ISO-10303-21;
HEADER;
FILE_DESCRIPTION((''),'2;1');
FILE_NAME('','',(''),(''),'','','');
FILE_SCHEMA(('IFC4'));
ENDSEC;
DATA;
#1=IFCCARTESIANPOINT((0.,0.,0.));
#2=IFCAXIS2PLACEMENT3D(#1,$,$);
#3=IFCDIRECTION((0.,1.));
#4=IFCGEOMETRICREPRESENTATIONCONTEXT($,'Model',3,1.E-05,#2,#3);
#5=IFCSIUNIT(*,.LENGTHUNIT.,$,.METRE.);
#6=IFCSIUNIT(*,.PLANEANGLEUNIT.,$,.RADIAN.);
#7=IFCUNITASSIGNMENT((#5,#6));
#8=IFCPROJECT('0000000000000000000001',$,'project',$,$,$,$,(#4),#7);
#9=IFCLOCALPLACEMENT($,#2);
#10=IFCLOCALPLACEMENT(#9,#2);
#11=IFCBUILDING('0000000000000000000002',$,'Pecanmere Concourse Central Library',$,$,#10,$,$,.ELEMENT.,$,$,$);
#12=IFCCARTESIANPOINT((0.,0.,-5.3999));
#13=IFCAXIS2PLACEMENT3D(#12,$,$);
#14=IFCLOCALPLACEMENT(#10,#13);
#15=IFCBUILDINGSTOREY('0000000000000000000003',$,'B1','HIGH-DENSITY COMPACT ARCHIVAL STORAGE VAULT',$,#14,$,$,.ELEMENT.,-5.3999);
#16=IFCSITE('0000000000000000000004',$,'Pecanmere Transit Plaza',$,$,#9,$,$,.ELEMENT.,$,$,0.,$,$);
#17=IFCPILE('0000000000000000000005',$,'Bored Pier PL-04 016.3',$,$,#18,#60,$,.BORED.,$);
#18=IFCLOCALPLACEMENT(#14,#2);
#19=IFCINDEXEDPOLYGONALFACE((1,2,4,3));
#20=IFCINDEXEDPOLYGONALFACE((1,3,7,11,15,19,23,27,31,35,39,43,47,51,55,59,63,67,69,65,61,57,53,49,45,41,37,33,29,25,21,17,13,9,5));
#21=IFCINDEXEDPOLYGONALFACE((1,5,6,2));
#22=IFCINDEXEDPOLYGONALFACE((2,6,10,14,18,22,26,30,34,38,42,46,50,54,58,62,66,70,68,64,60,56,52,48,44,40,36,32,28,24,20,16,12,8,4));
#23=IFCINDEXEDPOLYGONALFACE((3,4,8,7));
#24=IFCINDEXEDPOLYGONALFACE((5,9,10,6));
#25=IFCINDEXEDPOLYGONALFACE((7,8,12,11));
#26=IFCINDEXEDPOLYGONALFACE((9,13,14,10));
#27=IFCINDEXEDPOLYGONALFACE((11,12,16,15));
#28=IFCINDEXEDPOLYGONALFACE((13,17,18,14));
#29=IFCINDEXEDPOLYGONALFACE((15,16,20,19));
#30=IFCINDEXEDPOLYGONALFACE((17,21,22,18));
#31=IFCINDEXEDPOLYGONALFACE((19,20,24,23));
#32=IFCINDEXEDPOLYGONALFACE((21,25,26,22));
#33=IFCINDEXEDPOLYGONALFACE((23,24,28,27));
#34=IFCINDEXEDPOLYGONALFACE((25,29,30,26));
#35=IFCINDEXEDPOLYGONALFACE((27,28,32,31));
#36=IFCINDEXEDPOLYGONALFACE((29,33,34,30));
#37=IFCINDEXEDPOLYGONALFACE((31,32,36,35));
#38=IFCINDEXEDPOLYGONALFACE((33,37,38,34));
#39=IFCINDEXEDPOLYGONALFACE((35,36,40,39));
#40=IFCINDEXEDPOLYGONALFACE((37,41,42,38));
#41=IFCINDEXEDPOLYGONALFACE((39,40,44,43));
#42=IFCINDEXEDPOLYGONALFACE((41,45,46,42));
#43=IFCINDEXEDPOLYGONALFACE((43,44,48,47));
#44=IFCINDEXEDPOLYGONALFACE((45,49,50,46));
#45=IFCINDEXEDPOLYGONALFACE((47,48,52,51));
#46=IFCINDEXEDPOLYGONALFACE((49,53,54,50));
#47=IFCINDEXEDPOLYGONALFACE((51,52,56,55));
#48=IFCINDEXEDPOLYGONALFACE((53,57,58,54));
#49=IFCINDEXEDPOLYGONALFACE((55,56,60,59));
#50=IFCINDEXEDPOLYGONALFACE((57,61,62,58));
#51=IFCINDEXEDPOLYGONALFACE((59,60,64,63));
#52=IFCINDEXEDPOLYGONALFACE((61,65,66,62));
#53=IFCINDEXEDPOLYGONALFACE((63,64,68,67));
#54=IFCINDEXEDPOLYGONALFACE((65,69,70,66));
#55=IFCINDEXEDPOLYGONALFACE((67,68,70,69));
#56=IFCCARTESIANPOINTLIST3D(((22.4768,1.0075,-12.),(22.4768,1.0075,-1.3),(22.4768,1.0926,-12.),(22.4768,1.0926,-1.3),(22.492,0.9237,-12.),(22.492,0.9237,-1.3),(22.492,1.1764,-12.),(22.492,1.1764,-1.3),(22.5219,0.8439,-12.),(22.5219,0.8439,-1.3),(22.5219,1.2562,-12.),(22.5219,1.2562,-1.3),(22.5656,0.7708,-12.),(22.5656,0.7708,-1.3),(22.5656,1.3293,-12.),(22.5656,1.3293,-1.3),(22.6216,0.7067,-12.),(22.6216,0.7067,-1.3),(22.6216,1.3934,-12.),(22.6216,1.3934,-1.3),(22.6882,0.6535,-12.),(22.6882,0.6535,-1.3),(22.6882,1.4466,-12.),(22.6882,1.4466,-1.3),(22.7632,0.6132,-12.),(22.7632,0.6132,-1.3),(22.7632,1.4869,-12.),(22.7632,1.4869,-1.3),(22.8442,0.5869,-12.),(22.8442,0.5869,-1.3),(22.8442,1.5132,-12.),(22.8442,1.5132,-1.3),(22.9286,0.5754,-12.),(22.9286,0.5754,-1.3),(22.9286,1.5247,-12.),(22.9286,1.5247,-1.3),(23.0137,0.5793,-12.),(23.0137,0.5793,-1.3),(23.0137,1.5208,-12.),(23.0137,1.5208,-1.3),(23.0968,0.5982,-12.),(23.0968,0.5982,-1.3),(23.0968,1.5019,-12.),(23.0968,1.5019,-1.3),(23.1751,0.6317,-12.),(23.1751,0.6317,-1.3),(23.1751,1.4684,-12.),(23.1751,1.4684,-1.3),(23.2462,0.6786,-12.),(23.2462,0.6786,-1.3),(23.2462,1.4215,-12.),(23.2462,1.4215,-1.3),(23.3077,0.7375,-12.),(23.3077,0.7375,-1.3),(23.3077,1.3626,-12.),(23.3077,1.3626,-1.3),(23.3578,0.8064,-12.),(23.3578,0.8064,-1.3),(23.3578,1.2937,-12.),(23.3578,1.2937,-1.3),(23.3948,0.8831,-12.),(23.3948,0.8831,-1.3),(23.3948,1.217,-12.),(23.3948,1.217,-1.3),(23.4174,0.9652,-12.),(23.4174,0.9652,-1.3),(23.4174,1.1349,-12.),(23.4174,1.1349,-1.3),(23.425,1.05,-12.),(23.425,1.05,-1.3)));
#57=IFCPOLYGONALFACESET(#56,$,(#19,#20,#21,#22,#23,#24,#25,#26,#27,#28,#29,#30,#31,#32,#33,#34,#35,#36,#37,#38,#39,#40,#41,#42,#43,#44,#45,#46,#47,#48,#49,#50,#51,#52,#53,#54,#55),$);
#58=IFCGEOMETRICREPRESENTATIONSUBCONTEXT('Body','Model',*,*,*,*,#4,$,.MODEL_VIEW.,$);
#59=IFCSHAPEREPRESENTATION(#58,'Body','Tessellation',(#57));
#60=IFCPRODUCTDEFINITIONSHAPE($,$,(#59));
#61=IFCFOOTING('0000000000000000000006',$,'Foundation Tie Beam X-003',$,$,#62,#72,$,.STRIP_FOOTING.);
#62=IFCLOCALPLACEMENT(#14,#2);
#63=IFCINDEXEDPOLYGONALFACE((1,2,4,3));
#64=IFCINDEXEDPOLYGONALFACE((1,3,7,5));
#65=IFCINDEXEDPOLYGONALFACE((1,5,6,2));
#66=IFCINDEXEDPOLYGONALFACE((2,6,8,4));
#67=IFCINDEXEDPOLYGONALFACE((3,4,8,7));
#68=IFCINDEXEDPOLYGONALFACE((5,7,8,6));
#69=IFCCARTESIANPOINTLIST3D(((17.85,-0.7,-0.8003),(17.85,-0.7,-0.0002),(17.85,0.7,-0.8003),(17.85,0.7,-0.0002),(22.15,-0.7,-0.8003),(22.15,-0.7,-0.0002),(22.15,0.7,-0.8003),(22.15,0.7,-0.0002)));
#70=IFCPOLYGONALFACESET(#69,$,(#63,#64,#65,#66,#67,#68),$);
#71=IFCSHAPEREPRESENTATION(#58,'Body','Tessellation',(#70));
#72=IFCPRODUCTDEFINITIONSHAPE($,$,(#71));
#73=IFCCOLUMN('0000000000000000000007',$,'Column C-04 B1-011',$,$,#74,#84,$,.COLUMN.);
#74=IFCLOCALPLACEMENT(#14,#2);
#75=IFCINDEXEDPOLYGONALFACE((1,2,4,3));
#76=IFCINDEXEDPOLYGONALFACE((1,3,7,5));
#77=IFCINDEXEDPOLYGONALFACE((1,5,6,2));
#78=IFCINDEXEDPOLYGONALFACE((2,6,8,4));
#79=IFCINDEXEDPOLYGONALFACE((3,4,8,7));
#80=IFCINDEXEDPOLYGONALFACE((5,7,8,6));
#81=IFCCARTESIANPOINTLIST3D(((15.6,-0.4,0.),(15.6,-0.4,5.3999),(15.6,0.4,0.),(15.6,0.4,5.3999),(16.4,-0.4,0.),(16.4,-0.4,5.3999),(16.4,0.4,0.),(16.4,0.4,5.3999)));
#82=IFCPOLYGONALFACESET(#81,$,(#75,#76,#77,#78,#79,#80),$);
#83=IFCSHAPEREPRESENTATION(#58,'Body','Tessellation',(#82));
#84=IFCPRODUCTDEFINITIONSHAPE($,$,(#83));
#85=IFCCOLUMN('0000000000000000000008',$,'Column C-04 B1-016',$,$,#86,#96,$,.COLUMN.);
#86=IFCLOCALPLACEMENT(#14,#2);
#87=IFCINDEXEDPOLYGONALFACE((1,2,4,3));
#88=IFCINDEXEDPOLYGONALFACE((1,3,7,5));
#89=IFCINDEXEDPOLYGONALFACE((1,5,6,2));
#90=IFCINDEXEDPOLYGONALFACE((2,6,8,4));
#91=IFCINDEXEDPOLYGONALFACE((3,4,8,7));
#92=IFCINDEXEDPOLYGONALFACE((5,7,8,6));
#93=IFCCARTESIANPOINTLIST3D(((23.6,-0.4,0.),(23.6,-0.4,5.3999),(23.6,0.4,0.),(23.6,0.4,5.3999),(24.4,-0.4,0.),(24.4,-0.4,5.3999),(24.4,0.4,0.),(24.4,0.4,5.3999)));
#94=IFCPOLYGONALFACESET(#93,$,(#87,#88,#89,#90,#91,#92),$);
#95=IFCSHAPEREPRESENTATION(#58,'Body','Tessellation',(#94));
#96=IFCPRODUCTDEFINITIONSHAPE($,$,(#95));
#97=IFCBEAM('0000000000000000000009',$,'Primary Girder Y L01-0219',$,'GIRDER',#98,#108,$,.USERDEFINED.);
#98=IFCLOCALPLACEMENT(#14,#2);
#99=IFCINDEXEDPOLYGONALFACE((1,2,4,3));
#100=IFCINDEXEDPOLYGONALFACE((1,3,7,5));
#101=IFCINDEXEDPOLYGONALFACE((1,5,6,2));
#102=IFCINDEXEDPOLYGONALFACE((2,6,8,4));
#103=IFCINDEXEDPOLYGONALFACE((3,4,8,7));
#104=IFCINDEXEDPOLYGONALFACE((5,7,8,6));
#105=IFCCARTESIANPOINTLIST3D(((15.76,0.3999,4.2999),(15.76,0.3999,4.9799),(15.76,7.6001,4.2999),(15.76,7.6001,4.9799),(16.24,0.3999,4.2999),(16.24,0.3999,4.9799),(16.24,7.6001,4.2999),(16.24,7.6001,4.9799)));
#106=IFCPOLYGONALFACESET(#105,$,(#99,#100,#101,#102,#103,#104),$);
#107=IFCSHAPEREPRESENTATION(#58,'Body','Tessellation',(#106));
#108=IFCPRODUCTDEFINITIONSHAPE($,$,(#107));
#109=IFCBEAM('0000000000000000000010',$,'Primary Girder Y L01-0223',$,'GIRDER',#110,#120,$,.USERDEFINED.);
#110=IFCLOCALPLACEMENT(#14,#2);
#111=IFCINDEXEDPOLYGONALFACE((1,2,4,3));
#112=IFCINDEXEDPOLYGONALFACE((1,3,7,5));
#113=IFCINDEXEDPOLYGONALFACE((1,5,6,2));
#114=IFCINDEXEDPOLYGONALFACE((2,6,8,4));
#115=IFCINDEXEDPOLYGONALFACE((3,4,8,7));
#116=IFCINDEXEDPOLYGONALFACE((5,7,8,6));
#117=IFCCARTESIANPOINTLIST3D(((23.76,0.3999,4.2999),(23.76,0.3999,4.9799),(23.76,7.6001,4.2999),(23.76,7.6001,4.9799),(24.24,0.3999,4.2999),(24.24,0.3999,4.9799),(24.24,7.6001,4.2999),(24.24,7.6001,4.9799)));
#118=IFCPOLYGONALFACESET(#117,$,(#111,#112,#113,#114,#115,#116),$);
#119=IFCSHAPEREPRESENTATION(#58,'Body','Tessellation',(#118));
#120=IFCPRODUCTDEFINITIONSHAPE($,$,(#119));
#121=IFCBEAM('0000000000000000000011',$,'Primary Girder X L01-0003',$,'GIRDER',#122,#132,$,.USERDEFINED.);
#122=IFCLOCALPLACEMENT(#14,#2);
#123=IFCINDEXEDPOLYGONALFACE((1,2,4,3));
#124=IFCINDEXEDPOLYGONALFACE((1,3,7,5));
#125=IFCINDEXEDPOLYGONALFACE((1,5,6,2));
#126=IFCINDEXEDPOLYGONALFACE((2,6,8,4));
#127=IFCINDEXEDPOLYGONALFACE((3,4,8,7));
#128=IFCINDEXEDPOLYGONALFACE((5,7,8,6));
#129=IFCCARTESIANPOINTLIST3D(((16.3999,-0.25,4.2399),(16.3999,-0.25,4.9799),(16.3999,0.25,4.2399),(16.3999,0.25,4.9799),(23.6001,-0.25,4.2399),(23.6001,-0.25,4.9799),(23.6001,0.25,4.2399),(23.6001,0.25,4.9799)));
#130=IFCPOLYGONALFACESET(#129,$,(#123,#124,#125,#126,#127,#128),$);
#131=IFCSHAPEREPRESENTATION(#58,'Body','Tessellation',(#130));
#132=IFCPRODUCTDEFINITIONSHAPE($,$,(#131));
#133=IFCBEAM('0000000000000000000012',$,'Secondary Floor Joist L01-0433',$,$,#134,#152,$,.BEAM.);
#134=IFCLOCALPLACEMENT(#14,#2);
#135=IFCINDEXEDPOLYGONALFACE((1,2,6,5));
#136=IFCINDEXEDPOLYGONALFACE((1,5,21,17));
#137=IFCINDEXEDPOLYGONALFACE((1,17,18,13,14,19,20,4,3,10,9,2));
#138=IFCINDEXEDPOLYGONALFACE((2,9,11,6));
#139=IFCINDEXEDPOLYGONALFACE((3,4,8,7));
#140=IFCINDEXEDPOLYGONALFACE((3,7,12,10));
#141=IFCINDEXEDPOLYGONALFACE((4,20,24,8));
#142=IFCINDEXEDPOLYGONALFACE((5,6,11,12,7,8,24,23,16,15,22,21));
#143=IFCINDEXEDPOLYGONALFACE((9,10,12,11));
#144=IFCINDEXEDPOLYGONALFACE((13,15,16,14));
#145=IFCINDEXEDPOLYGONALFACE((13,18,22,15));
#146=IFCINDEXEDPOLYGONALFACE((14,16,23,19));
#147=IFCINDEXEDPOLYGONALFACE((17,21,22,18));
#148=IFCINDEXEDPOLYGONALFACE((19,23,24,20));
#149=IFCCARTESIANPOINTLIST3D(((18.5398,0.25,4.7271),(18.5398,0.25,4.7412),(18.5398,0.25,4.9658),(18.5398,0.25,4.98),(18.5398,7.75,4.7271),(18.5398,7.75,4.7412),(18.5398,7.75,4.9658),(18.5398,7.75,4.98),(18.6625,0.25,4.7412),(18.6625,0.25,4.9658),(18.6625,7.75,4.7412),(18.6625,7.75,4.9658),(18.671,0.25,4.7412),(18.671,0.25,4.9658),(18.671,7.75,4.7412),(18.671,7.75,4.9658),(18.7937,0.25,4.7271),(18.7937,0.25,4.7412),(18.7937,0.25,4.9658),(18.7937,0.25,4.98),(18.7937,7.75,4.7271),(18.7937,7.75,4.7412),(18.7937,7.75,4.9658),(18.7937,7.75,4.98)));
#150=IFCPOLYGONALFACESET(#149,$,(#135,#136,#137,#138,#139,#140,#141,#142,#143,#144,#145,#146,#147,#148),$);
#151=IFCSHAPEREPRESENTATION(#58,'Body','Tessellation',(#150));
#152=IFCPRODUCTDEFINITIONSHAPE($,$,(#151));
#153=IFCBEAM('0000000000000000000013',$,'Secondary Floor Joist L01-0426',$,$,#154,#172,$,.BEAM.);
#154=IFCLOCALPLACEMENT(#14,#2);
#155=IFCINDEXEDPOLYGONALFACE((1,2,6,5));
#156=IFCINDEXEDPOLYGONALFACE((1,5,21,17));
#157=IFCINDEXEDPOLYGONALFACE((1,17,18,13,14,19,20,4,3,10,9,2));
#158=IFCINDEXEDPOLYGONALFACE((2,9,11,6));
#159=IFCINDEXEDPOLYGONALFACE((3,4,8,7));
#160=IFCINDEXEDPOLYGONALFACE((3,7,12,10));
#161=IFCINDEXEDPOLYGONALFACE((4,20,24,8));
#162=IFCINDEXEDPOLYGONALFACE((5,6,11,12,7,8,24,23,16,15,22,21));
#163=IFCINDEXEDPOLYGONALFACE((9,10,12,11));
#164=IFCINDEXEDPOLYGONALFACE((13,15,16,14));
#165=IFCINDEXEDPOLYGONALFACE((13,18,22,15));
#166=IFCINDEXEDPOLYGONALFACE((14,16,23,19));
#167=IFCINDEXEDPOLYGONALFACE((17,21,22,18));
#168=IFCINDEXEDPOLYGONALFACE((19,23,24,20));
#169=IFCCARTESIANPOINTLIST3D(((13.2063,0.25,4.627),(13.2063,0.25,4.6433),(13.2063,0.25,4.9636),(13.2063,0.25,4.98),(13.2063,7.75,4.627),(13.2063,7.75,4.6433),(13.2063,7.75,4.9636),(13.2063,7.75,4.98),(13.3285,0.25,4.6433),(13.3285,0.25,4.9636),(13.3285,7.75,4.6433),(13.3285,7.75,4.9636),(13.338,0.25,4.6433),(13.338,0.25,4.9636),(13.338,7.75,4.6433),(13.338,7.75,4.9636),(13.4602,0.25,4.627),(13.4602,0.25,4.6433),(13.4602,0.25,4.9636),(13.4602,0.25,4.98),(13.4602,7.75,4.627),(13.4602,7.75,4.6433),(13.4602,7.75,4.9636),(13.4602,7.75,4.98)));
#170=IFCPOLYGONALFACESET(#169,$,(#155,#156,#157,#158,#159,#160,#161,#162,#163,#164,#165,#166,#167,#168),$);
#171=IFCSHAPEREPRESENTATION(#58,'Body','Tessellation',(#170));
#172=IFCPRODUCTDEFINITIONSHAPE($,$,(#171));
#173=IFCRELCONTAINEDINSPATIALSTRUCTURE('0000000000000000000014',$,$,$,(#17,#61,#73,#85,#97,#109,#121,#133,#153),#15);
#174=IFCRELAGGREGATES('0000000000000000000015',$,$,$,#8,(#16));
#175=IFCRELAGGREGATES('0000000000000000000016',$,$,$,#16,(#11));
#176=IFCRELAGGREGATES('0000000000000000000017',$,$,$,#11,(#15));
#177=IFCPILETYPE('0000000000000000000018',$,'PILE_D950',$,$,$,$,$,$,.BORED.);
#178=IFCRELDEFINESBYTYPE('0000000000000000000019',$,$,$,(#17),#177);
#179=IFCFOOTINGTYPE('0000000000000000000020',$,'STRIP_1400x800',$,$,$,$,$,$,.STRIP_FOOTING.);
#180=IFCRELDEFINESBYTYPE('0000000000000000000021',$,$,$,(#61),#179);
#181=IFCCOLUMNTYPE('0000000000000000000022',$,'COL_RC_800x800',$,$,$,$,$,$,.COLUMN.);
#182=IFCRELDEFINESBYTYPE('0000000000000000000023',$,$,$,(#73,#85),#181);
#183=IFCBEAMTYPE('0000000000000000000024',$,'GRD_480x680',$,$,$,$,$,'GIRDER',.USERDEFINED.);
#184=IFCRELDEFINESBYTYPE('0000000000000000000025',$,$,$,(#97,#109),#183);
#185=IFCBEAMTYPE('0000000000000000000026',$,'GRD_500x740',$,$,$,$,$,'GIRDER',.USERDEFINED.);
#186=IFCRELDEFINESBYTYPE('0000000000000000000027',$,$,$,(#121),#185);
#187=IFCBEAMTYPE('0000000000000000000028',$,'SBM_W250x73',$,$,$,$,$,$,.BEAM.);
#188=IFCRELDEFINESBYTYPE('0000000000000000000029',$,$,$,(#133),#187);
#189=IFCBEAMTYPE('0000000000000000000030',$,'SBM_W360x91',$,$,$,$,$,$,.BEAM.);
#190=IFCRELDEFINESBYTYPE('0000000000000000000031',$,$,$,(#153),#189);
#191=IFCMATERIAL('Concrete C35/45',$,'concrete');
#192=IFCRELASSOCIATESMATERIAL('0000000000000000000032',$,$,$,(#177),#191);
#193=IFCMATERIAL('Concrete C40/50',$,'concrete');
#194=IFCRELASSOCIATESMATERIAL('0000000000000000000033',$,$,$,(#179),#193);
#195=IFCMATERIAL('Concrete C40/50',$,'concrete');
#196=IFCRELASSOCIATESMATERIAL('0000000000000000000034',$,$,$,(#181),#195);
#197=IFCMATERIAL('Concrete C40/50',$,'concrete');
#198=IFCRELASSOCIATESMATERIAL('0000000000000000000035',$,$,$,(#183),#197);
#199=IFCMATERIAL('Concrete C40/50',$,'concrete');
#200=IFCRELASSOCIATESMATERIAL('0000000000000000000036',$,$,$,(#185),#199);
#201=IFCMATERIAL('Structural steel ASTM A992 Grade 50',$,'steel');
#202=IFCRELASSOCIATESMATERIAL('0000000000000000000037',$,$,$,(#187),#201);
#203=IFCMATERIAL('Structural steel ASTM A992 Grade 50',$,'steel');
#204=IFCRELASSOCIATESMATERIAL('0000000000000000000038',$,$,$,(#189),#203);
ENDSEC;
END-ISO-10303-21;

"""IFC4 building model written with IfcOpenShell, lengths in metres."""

from ifc_helpers import new_model, si_unit, direction, frame, origin, origin_2d, place, context, subcontext, project, spatial, rectangle, circle, i_section, extrude, material, material_profile, profile_set, type_object, element, save


model = new_model("IFC4")

# Units and contexts
model_context = context("Model", 3, precision=1e-05, world=origin(), true_north=direction((0.0, 1.0)))
body_context = subcontext(model_context, "Body", "Model", "MODEL_VIEW")
ifc_project = project(units=[si_unit("LENGTHUNIT", "METRE"), si_unit("PLANEANGLEUNIT", "RADIAN")], contexts=[model_context])

# Site, building, storey
site_placement = place(None, origin())
site = spatial("IfcSite", under=ifc_project, at=site_placement, Name="Pecanmere Transit Plaza", CompositionType="ELEMENT", RefElevation=0.0)
building_placement = place(site_placement, origin())
building = spatial("IfcBuilding", under=site, at=building_placement, Name="Pecanmere Concourse Central Library", CompositionType="ELEMENT")
storey_placement = place(building_placement, frame((0.0, 0.0, -5.3999)))
storey = spatial("IfcBuildingStorey", under=building, at=storey_placement, Name="B1", Description="HIGH-DENSITY COMPACT ARCHIVAL STORAGE VAULT", CompositionType="ELEMENT", Elevation=-5.3999)

# Pile
ifc_material_1 = material(Name="Concrete C35/45", Category="concrete")
ifc_material_profile_1 = material_profile(ifc_material_1, circle(Radius=0.4751, at=origin_2d()), Name="PIER D950")
ifc_profile_set_1 = profile_set([ifc_material_profile_1], Name="Concrete C35/45")
pile_type = type_object("IfcPileType", Name="PILE_D950", PredefinedType="BORED", material=ifc_profile_set_1)
for number, where, z_axis, x_axis, name in (
    (1, (22.95, 1.05, -1.3), (0.0, 0.0, -1.0), (1.0, 0.0, 0.0), "Bored Pier PL-04 016.3"),
):
    element("IfcPile", number, at=place(storey_placement, frame(where, z_axis=z_axis, x_axis=x_axis)), inside=storey, type_object=pile_type, Name=name, PredefinedType="BORED", context=body_context, shape_type="SweptSolid", body=[
        extrude(circle(Radius=0.4751, at=origin_2d()), origin(), (0.0, 0.0, 1.0), 10.7),
    ])

# Footing
ifc_material_2 = material(Name="Concrete C40/50", Category="concrete")
ifc_material_profile_2 = material_profile(ifc_material_2, rectangle(XDim=1.3999, YDim=0.8, at=origin_2d()), Name="RC 1400x800")
ifc_profile_set_2 = profile_set([ifc_material_profile_2], Name="Concrete C40/50")
footing_type_1 = type_object("IfcFootingType", Name="STRIP_1400x800", PredefinedType="STRIP_FOOTING", material=ifc_profile_set_2)
footing_1_placement = place(storey_placement, frame((20.0, 0.0, -0.8003), z_axis=(0.0, 0.0, 1.0), x_axis=(1.0, 0.0, 0.0)))
element("IfcFooting", 2, at=footing_1_placement, inside=storey, type_object=footing_type_1, Name="Foundation Tie Beam X-003", PredefinedType="STRIP_FOOTING", context=body_context, shape_type="SweptSolid", body=[
    extrude(rectangle(XDim=4.3, YDim=1.3999, at=origin_2d()), origin(), (0.0, 0.0, 1.0), 0.8),
])

# Columns
ifc_material_3 = material(Name="Concrete C40/50", Category="concrete")
ifc_material_profile_3 = material_profile(ifc_material_3, rectangle(XDim=0.8, YDim=0.8, at=origin_2d()), Name="RC 800x800")
ifc_profile_set_3 = profile_set([ifc_material_profile_3], Name="Concrete C40/50")
column_type = type_object("IfcColumnType", Name="COL_RC_800x800", PredefinedType="COLUMN", material=ifc_profile_set_3)
for number, where, z_axis, x_axis, name in (
    (3, (16.0, 0.0, 0.0), (0.0, 0.0, 1.0), (1.0, 0.0, 0.0), "Column C-04 B1-011"),
    (4, (24.0, 0.0, 0.0), (0.0, 0.0, 1.0), (1.0, 0.0, 0.0), "Column C-04 B1-016"),
):
    element("IfcColumn", number, at=place(storey_placement, frame(where, z_axis=z_axis, x_axis=x_axis)), inside=storey, type_object=column_type, Name=name, PredefinedType="COLUMN", context=body_context, shape_type="SweptSolid", body=[
        extrude(rectangle(XDim=0.8, YDim=0.8, at=origin_2d()), origin(), (0.0, 0.0, 1.0), 5.3999),
    ])

# Beams
ifc_material_4 = material(Name="Concrete C40/50", Category="concrete")
ifc_material_profile_4 = material_profile(ifc_material_4, rectangle(XDim=0.48, YDim=0.6799, at=origin_2d()), Name="RC 480x680")
ifc_profile_set_4 = profile_set([ifc_material_profile_4], Name="Concrete C40/50")
beam_type_1 = type_object("IfcBeamType", Name="GRD_480x680", ElementType="GIRDER", PredefinedType="USERDEFINED", material=ifc_profile_set_4)
for number, where, z_axis, x_axis, name in (
    (5, (16.0, 0.3999, 4.6399), (0.0, 1.0, 0.0), (-1.0, 0.0, 0.0), "Primary Girder Y L01-0219"),
    (6, (24.0, 0.3999, 4.6399), (0.0, 1.0, 0.0), (-1.0, 0.0, 0.0), "Primary Girder Y L01-0223"),
):
    element("IfcBeam", number, at=place(storey_placement, frame(where, z_axis=z_axis, x_axis=x_axis)), inside=storey, type_object=beam_type_1, Name=name, ObjectType="GIRDER", PredefinedType="USERDEFINED", context=body_context, shape_type="SweptSolid", body=[
        extrude(rectangle(XDim=0.48, YDim=0.6799, at=origin_2d()), origin(), (0.0, 0.0, 1.0), 7.2002),
    ])
ifc_material_5 = material(Name="Concrete C40/50", Category="concrete")
ifc_material_profile_5 = material_profile(ifc_material_5, rectangle(XDim=0.5, YDim=0.74, at=origin_2d()), Name="RC 500x740")
ifc_profile_set_5 = profile_set([ifc_material_profile_5], Name="Concrete C40/50")
beam_type_2 = type_object("IfcBeamType", Name="GRD_500x740", ElementType="GIRDER", PredefinedType="USERDEFINED", material=ifc_profile_set_5)
beam_1_placement = place(storey_placement, frame((16.3999, 0.0, 4.6099), z_axis=(1.0, 0.0, 0.0), x_axis=(0.0, 1.0, 0.0)))
element("IfcBeam", 7, at=beam_1_placement, inside=storey, type_object=beam_type_2, Name="Primary Girder X L01-0003", ObjectType="GIRDER", PredefinedType="USERDEFINED", context=body_context, shape_type="SweptSolid", body=[
    extrude(rectangle(XDim=0.5, YDim=0.74, at=origin_2d()), origin(), (0.0, 0.0, 1.0), 7.2002),
])
ifc_material_6 = material(Name="Structural steel ASTM A992 Grade 50", Category="steel")
ifc_material_profile_6 = material_profile(ifc_material_6, i_section(OverallWidth=0.2539, OverallDepth=0.2529, WebThickness=0.0085, FlangeThickness=0.0142, at=origin_2d()), Name="W250x73")
ifc_profile_set_6 = profile_set([ifc_material_profile_6], Name="Structural steel ASTM A992 Grade 50")
beam_type_3 = type_object("IfcBeamType", Name="SBM_W250x73", PredefinedType="BEAM", material=ifc_profile_set_6)
beam_2_placement = place(storey_placement, frame((18.6667, 0.25, 4.8535), z_axis=(0.0, 1.0, 0.0), x_axis=(-1.0, 0.0, 0.0)))
element("IfcBeam", 8, at=beam_2_placement, inside=storey, type_object=beam_type_3, Name="Secondary Floor Joist L01-0433", PredefinedType="BEAM", context=body_context, shape_type="SweptSolid", body=[
    extrude(i_section(OverallWidth=0.2539, OverallDepth=0.2529, WebThickness=0.0085, FlangeThickness=0.0142, at=origin_2d()), origin(), (0.0, 0.0, 1.0), 7.5),
])
ifc_material_7 = material(Name="Structural steel ASTM A992 Grade 50", Category="steel")
ifc_material_profile_7 = material_profile(ifc_material_7, i_section(OverallWidth=0.2539, OverallDepth=0.353, WebThickness=0.0095, FlangeThickness=0.0164, at=origin_2d()), Name="W360x91")
ifc_profile_set_7 = profile_set([ifc_material_profile_7], Name="Structural steel ASTM A992 Grade 50")
beam_type_4 = type_object("IfcBeamType", Name="SBM_W360x91", PredefinedType="BEAM", material=ifc_profile_set_7)
beam_3_placement = place(storey_placement, frame((13.3333, 0.25, 4.8035), z_axis=(0.0, 1.0, 0.0), x_axis=(-1.0, 0.0, 0.0)))
element("IfcBeam", 9, at=beam_3_placement, inside=storey, type_object=beam_type_4, Name="Secondary Floor Joist L01-0426", PredefinedType="BEAM", context=body_context, shape_type="SweptSolid", body=[
    extrude(i_section(OverallWidth=0.2539, OverallDepth=0.353, WebThickness=0.0095, FlangeThickness=0.0164, at=origin_2d()), origin(), (0.0, 0.0, 1.0), 7.5),
])

save(model, "model.ifc")
